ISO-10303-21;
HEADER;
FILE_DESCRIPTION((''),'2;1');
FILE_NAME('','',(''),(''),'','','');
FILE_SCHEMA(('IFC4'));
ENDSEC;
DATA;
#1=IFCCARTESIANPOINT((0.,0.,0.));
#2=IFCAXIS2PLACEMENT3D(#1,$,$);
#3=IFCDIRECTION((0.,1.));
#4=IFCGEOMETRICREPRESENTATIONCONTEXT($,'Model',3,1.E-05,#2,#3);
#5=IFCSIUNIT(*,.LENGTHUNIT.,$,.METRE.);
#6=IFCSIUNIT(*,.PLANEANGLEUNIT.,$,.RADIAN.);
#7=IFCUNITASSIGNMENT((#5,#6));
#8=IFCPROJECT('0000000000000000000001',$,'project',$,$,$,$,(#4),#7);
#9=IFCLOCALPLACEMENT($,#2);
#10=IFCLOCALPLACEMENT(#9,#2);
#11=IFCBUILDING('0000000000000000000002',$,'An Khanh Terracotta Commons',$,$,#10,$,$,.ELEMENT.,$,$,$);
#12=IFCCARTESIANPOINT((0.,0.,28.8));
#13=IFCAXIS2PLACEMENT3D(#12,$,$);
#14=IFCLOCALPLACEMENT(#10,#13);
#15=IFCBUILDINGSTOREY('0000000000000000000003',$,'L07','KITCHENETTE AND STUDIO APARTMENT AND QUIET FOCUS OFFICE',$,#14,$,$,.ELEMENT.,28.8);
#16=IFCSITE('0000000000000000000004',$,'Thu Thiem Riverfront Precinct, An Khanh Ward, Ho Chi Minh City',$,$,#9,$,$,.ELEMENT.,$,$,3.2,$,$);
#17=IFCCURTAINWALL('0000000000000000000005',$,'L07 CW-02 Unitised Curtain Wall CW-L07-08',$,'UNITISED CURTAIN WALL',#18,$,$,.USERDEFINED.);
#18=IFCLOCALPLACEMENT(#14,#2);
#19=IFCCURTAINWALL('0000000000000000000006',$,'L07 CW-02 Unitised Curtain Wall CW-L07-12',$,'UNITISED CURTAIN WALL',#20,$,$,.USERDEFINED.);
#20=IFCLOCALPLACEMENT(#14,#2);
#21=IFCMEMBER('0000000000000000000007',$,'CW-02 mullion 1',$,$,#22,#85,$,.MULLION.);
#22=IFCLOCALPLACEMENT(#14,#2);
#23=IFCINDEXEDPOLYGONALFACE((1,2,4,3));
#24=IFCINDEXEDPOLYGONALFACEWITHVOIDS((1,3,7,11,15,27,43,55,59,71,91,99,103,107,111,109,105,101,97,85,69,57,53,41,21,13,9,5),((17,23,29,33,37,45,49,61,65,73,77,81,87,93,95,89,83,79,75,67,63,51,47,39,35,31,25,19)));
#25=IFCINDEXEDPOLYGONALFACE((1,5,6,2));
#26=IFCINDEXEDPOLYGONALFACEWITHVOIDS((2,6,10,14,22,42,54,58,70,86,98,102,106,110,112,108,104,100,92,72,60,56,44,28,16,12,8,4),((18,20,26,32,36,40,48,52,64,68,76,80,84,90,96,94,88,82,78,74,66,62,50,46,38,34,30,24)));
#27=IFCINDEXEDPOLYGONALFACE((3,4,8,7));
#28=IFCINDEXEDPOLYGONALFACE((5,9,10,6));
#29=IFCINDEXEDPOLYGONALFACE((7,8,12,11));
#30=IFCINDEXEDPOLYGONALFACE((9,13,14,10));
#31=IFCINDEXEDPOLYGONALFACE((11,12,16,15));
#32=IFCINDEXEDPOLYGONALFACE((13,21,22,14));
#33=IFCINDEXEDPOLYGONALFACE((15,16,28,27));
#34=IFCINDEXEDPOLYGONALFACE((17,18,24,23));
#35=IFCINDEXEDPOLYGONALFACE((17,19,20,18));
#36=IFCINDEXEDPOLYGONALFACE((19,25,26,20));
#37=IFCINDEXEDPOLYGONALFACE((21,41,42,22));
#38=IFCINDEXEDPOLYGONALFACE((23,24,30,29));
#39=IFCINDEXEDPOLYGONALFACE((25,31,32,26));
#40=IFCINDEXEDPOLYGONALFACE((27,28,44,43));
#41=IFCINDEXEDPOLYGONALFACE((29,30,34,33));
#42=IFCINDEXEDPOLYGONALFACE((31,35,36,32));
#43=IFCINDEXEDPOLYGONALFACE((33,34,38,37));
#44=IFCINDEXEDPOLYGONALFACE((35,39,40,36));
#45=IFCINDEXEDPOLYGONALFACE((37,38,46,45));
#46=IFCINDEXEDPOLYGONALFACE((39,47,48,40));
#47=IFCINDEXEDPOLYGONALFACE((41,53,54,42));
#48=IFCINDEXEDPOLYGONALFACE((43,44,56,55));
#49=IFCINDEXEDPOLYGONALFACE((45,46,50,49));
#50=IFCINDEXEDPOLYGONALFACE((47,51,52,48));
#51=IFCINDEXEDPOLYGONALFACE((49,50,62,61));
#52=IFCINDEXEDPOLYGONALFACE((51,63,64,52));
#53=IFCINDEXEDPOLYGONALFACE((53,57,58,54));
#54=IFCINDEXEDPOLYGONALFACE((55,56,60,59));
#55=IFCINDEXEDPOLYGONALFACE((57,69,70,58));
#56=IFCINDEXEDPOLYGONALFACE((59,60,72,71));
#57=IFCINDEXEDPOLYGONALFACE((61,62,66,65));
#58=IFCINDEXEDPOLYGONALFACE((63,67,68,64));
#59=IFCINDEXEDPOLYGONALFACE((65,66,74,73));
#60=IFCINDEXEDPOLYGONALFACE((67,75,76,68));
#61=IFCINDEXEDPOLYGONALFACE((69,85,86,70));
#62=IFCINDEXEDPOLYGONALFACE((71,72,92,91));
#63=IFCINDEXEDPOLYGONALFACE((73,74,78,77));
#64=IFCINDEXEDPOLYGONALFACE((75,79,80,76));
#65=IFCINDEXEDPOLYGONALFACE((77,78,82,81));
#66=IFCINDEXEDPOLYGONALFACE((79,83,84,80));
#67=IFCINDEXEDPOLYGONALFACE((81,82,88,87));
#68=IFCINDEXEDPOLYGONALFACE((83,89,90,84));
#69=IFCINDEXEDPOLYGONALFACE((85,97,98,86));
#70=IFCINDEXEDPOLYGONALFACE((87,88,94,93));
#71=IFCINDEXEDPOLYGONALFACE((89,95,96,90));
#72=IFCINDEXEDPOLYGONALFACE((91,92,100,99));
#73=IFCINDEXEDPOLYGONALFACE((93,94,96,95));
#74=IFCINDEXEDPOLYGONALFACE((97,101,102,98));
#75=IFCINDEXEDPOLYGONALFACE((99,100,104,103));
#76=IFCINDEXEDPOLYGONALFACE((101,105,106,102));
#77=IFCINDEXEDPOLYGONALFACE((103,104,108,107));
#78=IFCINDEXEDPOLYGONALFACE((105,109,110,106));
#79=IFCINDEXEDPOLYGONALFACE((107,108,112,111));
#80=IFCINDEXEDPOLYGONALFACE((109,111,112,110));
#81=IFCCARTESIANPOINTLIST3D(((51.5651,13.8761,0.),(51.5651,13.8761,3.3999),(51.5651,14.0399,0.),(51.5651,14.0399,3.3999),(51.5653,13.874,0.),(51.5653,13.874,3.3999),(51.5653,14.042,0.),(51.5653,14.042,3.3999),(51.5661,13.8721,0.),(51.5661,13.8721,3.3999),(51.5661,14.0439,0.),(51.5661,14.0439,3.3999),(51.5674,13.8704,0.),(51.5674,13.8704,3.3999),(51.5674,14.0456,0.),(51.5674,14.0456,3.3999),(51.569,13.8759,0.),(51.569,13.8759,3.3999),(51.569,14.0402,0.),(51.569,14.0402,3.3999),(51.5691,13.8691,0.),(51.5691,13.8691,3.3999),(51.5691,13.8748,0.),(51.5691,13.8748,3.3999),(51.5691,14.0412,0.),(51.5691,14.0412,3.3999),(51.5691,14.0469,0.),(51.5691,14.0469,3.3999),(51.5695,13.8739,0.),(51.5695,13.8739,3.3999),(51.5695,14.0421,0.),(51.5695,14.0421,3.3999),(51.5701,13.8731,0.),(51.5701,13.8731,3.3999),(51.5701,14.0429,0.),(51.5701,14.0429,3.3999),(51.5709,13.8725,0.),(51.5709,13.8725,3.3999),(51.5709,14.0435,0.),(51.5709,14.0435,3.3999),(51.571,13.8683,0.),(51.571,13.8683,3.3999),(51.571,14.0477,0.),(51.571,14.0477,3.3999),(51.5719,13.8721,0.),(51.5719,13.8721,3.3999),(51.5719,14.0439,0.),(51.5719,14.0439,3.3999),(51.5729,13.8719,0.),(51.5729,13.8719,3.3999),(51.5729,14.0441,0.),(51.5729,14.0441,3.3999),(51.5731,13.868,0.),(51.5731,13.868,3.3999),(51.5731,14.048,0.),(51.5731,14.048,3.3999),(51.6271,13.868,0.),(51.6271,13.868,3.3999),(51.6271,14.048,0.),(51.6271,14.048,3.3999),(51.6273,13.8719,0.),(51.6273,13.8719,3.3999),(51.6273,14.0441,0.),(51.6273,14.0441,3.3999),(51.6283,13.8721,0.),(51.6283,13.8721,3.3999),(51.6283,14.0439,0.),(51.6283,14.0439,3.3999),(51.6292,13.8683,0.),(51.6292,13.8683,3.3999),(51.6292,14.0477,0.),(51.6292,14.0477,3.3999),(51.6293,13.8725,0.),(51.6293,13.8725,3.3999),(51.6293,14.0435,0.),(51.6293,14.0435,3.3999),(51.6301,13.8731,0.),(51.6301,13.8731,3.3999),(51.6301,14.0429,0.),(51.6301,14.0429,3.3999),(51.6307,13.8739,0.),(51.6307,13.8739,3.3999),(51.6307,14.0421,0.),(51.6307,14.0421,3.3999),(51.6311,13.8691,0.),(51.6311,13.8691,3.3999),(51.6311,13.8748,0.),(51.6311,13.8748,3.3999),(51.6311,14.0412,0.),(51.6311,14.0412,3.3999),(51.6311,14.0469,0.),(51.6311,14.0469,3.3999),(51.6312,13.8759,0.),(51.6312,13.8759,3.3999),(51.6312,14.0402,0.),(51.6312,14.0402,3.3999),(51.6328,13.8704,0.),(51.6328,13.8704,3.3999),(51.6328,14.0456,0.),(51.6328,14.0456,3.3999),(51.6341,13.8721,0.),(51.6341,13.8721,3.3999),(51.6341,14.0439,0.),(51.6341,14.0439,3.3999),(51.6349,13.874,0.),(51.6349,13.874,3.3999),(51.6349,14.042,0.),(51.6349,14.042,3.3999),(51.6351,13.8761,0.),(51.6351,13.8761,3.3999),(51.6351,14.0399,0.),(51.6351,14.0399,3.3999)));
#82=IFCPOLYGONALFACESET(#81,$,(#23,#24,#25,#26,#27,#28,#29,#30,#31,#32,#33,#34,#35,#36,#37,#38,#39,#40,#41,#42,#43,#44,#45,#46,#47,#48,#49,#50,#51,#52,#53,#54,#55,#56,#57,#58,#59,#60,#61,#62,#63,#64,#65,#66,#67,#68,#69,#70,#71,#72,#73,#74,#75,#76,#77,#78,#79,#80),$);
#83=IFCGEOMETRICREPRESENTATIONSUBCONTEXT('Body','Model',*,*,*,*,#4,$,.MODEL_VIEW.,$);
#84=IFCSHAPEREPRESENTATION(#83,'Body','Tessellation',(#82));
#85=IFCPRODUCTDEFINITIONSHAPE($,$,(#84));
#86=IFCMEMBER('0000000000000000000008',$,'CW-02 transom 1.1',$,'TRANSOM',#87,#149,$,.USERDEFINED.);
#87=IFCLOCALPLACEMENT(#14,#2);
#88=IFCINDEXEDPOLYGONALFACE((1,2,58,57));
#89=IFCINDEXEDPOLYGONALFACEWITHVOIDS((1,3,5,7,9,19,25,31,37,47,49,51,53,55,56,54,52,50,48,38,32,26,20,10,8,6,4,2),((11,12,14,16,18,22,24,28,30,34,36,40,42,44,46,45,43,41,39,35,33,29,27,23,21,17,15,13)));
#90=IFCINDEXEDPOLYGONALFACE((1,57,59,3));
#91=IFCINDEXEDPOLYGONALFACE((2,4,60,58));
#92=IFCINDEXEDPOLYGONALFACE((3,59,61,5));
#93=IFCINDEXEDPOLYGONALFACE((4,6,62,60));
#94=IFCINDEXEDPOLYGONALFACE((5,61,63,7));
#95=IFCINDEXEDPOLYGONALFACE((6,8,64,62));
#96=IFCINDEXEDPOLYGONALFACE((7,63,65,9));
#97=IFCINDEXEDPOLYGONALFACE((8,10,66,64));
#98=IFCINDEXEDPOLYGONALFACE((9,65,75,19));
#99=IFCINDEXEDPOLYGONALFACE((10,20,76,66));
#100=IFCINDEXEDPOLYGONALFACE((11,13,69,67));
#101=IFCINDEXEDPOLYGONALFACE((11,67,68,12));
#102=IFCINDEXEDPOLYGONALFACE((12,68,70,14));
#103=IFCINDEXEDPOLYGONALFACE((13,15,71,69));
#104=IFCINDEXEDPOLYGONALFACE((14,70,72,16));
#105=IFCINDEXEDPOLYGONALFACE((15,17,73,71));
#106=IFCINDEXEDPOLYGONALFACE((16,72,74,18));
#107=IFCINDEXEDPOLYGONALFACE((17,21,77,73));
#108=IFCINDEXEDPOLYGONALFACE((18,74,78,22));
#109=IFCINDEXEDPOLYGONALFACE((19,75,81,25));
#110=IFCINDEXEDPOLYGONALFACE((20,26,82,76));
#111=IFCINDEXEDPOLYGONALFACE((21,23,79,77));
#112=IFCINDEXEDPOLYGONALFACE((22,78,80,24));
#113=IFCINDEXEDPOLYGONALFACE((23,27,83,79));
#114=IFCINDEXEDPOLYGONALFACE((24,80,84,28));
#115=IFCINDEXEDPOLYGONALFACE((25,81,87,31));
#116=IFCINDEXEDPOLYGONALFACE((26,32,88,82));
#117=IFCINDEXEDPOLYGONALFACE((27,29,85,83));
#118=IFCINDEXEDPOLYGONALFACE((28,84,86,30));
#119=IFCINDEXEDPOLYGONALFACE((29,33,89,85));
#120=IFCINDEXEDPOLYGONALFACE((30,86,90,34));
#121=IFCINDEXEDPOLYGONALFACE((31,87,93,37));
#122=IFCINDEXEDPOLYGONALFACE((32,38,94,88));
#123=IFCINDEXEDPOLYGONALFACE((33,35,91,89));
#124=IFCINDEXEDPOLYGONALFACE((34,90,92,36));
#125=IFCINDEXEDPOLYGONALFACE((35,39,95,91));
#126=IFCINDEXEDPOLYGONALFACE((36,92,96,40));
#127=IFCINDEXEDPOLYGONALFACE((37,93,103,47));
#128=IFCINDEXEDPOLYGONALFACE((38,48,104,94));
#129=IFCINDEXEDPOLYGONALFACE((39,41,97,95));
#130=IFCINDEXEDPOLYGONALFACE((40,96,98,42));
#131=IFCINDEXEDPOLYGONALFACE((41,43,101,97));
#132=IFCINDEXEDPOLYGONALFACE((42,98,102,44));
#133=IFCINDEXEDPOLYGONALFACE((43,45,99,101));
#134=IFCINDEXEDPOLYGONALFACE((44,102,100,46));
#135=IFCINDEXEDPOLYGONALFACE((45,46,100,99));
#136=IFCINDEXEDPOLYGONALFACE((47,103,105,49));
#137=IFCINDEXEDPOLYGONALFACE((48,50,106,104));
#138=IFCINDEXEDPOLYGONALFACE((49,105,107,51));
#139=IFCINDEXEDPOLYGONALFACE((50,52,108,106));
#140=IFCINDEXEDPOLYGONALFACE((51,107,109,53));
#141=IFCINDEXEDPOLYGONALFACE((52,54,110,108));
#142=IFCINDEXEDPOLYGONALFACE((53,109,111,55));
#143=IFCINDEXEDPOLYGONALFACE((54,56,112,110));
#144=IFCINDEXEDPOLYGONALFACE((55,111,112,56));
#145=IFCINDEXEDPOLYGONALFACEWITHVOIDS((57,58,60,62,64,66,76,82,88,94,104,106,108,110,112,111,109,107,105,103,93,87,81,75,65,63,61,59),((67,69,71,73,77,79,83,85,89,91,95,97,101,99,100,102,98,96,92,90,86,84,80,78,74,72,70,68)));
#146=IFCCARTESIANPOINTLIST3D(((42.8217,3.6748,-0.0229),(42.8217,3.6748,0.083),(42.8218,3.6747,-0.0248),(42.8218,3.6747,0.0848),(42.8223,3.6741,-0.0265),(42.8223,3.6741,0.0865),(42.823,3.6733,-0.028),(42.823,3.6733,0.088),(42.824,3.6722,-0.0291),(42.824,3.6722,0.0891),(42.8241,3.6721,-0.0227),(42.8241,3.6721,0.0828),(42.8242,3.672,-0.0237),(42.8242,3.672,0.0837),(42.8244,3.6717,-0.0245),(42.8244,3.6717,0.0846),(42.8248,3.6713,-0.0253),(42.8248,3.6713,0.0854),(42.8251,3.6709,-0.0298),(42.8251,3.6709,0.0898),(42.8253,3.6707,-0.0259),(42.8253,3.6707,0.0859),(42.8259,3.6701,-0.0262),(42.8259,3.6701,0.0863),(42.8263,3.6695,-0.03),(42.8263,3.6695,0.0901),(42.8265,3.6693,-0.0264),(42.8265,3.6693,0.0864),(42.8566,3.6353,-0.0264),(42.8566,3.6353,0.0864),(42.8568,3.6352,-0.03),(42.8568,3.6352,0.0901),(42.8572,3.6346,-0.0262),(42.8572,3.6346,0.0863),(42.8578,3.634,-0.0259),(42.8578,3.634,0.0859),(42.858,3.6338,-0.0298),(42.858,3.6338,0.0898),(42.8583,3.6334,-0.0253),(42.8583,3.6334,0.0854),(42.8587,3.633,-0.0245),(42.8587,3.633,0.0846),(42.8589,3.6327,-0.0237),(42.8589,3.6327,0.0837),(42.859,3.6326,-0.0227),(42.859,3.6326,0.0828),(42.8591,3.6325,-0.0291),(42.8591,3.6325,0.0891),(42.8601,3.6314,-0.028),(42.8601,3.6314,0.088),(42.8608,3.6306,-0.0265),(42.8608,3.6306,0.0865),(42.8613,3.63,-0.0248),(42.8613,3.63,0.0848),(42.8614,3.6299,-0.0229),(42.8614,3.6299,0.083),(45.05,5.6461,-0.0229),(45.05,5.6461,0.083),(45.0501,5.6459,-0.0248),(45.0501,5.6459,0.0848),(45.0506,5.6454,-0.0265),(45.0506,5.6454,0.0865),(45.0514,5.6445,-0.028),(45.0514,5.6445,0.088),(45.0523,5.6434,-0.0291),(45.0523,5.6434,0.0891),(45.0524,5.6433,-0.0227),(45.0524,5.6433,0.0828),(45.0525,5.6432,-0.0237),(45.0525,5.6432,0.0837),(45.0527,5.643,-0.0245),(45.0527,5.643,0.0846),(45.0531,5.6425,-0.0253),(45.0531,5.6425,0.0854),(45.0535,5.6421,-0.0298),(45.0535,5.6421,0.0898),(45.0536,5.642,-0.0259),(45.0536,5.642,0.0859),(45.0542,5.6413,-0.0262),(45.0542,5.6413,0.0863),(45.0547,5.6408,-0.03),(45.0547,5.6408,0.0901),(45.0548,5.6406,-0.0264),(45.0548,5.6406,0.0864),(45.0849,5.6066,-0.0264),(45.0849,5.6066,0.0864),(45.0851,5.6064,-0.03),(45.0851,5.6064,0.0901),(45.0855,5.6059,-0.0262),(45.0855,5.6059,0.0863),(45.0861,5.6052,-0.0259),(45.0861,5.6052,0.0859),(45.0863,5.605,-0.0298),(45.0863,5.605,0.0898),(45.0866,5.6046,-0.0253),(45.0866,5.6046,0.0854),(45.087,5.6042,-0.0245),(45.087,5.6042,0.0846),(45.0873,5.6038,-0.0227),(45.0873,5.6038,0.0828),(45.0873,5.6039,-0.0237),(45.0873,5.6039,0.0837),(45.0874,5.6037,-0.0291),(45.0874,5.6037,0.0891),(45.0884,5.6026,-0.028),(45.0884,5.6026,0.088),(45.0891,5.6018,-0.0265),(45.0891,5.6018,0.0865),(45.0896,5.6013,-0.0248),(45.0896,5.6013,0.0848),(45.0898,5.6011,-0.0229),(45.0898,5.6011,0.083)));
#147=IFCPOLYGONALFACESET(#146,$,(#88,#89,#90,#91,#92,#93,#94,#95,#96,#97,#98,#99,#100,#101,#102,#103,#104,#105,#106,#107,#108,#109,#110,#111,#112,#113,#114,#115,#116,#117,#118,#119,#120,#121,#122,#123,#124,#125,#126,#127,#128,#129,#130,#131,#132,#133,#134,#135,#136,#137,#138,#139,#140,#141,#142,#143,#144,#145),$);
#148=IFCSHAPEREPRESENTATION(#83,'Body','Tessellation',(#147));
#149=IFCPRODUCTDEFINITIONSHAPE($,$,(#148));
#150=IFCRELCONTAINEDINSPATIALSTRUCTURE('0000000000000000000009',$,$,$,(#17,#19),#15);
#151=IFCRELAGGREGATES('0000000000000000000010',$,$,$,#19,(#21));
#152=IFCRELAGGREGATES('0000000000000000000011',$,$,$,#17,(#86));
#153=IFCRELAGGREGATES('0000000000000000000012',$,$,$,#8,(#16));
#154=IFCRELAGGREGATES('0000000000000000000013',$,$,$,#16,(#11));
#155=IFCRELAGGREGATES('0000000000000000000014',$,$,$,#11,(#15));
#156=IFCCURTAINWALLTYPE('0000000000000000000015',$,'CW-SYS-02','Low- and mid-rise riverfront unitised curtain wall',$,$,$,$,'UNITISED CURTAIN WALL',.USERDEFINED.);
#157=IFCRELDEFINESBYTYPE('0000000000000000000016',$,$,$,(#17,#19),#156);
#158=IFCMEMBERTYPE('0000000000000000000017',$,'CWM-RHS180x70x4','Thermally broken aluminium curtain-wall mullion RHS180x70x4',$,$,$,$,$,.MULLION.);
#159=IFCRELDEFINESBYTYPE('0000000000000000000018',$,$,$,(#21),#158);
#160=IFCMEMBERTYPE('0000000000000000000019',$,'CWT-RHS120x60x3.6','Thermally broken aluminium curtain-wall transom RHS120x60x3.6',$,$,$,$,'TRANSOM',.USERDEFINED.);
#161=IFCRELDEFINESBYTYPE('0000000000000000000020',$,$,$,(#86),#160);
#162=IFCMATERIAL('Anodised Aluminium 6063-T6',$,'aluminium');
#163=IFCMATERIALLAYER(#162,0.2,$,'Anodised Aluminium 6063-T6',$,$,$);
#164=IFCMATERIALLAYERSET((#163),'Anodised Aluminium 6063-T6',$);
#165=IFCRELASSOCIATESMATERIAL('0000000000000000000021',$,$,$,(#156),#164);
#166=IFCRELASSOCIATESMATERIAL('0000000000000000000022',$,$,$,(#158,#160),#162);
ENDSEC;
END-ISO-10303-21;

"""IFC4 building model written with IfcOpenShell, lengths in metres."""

from ifc_helpers import new_model, si_unit, direction, frame, origin, origin_2d, place, context, subcontext, project, spatial, hollow_rectangle, extrude, material, layer, layer_set, material_profile, profile_set, type_object, element, aggregate, save


model = new_model("IFC4")

# Units and contexts
model_context = context("Model", 3, precision=1e-05, world=origin(), true_north=direction((0.0, 1.0)))
body_context = subcontext(model_context, "Body", "Model", "MODEL_VIEW")
ifc_project = project(units=[si_unit("LENGTHUNIT", "METRE"), si_unit("PLANEANGLEUNIT", "RADIAN")], contexts=[model_context])

# Site, building, storey
site_placement = place(None, origin())
site = spatial("IfcSite", under=ifc_project, at=site_placement, Name="Thu Thiem Riverfront Precinct, An Khanh Ward, Ho Chi Minh City", CompositionType="ELEMENT", RefElevation=3.2)
building_placement = place(site_placement, origin())
building = spatial("IfcBuilding", under=site, at=building_placement, Name="An Khanh Terracotta Commons", CompositionType="ELEMENT")
storey_placement = place(building_placement, frame((0.0, 0.0, 28.8)))
storey = spatial("IfcBuildingStorey", under=building, at=storey_placement, Name="L07", Description="KITCHENETTE AND STUDIO APARTMENT AND QUIET FOCUS OFFICE", CompositionType="ELEMENT", Elevation=28.8)

# Curtain wall
ifc_material_1 = material(Name="Anodised Aluminium 6063-T6", Category="aluminium")
ifc_layer_1 = layer(ifc_material_1, 0.2, Name="Anodised Aluminium 6063-T6")
ifc_layer_set_1 = layer_set([ifc_layer_1], Name="Anodised Aluminium 6063-T6")
curtain_wall_type = type_object("IfcCurtainWallType", Name="CW-SYS-02", Description="Low- and mid-rise riverfront unitised curtain wall", ElementType="UNITISED CURTAIN WALL", PredefinedType="USERDEFINED", material=ifc_layer_set_1)
curtain_wall_1_placement = place(storey_placement, origin())
curtain_wall_1 = element("IfcCurtainWall", 1, at=curtain_wall_1_placement, inside=storey, type_object=curtain_wall_type, Name="L07 CW-02 Unitised Curtain Wall CW-L07-08", ObjectType="UNITISED CURTAIN WALL", PredefinedType="USERDEFINED")
ifc_material_profile_1 = material_profile(ifc_material_1, hollow_rectangle(XDim=0.0701, YDim=0.1799, WallThickness=0.0039, InnerFilletRadius=0.0039, OuterFilletRadius=0.0081, at=origin_2d()), Name="RHS180x70x4")
ifc_profile_set_1 = profile_set([ifc_material_profile_1], Name="Anodised Aluminium 6063-T6")
member_type_1 = type_object("IfcMemberType", Name="CWM-RHS180x70x4", Description="Thermally broken aluminium curtain-wall mullion RHS180x70x4", PredefinedType="MULLION", material=ifc_profile_set_1)

# Curtain wall, member
curtain_wall_2_placement = place(storey_placement, origin())
curtain_wall_2 = element("IfcCurtainWall", 2, at=curtain_wall_2_placement, inside=storey, type_object=curtain_wall_type, Name="L07 CW-02 Unitised Curtain Wall CW-L07-12", ObjectType="UNITISED CURTAIN WALL", PredefinedType="USERDEFINED")
member_1_placement = place(storey_placement, frame((51.6001, 13.958, 0.0), z_axis=(0.0, 0.0, 1.0), x_axis=(-1.0, 0.0, 0.0)))
member_1 = element("IfcMember", 3, at=member_1_placement, type_object=member_type_1, Name="CW-02 mullion 1", PredefinedType="MULLION", context=body_context, shape_type="SweptSolid", body=[
    extrude(hollow_rectangle(XDim=0.0701, YDim=0.1799, WallThickness=0.0039, InnerFilletRadius=0.0039, OuterFilletRadius=0.0081, at=origin_2d()), origin(), (0.0, 0.0, 1.0), 3.3999),
])

# Member
ifc_material_profile_2 = material_profile(ifc_material_1, hollow_rectangle(XDim=0.0601, YDim=0.1201, WallThickness=0.0037, InnerFilletRadius=0.0037, OuterFilletRadius=0.0071, at=origin_2d()), Name="RHS120x60x3.6")
ifc_profile_set_2 = profile_set([ifc_material_profile_2], Name="Anodised Aluminium 6063-T6")
member_type_2 = type_object("IfcMemberType", Name="CWT-RHS120x60x3.6", Description="Thermally broken aluminium curtain-wall transom RHS120x60x3.6", ElementType="TRANSOM", PredefinedType="USERDEFINED", material=ifc_profile_set_2)
member_2_placement = place(storey_placement, frame((42.8416, 3.6523, 0.03), z_axis=(0.748992, 0.662579, 0.0), x_axis=(-0.662579, 0.748992, 0.0)))
member_2 = element("IfcMember", 4, at=member_2_placement, type_object=member_type_2, Name="CW-02 transom 1.1", ObjectType="TRANSOM", PredefinedType="USERDEFINED", context=body_context, shape_type="SweptSolid", body=[
    extrude(hollow_rectangle(XDim=0.0601, YDim=0.1201, WallThickness=0.0037, InnerFilletRadius=0.0037, OuterFilletRadius=0.0071, at=origin_2d()), origin(), (0.0, 0.0, 1.0), 2.9751),
])
aggregate(curtain_wall_2, [member_1])

aggregate(curtain_wall_1, [member_2])

save(model, "model.ifc")
